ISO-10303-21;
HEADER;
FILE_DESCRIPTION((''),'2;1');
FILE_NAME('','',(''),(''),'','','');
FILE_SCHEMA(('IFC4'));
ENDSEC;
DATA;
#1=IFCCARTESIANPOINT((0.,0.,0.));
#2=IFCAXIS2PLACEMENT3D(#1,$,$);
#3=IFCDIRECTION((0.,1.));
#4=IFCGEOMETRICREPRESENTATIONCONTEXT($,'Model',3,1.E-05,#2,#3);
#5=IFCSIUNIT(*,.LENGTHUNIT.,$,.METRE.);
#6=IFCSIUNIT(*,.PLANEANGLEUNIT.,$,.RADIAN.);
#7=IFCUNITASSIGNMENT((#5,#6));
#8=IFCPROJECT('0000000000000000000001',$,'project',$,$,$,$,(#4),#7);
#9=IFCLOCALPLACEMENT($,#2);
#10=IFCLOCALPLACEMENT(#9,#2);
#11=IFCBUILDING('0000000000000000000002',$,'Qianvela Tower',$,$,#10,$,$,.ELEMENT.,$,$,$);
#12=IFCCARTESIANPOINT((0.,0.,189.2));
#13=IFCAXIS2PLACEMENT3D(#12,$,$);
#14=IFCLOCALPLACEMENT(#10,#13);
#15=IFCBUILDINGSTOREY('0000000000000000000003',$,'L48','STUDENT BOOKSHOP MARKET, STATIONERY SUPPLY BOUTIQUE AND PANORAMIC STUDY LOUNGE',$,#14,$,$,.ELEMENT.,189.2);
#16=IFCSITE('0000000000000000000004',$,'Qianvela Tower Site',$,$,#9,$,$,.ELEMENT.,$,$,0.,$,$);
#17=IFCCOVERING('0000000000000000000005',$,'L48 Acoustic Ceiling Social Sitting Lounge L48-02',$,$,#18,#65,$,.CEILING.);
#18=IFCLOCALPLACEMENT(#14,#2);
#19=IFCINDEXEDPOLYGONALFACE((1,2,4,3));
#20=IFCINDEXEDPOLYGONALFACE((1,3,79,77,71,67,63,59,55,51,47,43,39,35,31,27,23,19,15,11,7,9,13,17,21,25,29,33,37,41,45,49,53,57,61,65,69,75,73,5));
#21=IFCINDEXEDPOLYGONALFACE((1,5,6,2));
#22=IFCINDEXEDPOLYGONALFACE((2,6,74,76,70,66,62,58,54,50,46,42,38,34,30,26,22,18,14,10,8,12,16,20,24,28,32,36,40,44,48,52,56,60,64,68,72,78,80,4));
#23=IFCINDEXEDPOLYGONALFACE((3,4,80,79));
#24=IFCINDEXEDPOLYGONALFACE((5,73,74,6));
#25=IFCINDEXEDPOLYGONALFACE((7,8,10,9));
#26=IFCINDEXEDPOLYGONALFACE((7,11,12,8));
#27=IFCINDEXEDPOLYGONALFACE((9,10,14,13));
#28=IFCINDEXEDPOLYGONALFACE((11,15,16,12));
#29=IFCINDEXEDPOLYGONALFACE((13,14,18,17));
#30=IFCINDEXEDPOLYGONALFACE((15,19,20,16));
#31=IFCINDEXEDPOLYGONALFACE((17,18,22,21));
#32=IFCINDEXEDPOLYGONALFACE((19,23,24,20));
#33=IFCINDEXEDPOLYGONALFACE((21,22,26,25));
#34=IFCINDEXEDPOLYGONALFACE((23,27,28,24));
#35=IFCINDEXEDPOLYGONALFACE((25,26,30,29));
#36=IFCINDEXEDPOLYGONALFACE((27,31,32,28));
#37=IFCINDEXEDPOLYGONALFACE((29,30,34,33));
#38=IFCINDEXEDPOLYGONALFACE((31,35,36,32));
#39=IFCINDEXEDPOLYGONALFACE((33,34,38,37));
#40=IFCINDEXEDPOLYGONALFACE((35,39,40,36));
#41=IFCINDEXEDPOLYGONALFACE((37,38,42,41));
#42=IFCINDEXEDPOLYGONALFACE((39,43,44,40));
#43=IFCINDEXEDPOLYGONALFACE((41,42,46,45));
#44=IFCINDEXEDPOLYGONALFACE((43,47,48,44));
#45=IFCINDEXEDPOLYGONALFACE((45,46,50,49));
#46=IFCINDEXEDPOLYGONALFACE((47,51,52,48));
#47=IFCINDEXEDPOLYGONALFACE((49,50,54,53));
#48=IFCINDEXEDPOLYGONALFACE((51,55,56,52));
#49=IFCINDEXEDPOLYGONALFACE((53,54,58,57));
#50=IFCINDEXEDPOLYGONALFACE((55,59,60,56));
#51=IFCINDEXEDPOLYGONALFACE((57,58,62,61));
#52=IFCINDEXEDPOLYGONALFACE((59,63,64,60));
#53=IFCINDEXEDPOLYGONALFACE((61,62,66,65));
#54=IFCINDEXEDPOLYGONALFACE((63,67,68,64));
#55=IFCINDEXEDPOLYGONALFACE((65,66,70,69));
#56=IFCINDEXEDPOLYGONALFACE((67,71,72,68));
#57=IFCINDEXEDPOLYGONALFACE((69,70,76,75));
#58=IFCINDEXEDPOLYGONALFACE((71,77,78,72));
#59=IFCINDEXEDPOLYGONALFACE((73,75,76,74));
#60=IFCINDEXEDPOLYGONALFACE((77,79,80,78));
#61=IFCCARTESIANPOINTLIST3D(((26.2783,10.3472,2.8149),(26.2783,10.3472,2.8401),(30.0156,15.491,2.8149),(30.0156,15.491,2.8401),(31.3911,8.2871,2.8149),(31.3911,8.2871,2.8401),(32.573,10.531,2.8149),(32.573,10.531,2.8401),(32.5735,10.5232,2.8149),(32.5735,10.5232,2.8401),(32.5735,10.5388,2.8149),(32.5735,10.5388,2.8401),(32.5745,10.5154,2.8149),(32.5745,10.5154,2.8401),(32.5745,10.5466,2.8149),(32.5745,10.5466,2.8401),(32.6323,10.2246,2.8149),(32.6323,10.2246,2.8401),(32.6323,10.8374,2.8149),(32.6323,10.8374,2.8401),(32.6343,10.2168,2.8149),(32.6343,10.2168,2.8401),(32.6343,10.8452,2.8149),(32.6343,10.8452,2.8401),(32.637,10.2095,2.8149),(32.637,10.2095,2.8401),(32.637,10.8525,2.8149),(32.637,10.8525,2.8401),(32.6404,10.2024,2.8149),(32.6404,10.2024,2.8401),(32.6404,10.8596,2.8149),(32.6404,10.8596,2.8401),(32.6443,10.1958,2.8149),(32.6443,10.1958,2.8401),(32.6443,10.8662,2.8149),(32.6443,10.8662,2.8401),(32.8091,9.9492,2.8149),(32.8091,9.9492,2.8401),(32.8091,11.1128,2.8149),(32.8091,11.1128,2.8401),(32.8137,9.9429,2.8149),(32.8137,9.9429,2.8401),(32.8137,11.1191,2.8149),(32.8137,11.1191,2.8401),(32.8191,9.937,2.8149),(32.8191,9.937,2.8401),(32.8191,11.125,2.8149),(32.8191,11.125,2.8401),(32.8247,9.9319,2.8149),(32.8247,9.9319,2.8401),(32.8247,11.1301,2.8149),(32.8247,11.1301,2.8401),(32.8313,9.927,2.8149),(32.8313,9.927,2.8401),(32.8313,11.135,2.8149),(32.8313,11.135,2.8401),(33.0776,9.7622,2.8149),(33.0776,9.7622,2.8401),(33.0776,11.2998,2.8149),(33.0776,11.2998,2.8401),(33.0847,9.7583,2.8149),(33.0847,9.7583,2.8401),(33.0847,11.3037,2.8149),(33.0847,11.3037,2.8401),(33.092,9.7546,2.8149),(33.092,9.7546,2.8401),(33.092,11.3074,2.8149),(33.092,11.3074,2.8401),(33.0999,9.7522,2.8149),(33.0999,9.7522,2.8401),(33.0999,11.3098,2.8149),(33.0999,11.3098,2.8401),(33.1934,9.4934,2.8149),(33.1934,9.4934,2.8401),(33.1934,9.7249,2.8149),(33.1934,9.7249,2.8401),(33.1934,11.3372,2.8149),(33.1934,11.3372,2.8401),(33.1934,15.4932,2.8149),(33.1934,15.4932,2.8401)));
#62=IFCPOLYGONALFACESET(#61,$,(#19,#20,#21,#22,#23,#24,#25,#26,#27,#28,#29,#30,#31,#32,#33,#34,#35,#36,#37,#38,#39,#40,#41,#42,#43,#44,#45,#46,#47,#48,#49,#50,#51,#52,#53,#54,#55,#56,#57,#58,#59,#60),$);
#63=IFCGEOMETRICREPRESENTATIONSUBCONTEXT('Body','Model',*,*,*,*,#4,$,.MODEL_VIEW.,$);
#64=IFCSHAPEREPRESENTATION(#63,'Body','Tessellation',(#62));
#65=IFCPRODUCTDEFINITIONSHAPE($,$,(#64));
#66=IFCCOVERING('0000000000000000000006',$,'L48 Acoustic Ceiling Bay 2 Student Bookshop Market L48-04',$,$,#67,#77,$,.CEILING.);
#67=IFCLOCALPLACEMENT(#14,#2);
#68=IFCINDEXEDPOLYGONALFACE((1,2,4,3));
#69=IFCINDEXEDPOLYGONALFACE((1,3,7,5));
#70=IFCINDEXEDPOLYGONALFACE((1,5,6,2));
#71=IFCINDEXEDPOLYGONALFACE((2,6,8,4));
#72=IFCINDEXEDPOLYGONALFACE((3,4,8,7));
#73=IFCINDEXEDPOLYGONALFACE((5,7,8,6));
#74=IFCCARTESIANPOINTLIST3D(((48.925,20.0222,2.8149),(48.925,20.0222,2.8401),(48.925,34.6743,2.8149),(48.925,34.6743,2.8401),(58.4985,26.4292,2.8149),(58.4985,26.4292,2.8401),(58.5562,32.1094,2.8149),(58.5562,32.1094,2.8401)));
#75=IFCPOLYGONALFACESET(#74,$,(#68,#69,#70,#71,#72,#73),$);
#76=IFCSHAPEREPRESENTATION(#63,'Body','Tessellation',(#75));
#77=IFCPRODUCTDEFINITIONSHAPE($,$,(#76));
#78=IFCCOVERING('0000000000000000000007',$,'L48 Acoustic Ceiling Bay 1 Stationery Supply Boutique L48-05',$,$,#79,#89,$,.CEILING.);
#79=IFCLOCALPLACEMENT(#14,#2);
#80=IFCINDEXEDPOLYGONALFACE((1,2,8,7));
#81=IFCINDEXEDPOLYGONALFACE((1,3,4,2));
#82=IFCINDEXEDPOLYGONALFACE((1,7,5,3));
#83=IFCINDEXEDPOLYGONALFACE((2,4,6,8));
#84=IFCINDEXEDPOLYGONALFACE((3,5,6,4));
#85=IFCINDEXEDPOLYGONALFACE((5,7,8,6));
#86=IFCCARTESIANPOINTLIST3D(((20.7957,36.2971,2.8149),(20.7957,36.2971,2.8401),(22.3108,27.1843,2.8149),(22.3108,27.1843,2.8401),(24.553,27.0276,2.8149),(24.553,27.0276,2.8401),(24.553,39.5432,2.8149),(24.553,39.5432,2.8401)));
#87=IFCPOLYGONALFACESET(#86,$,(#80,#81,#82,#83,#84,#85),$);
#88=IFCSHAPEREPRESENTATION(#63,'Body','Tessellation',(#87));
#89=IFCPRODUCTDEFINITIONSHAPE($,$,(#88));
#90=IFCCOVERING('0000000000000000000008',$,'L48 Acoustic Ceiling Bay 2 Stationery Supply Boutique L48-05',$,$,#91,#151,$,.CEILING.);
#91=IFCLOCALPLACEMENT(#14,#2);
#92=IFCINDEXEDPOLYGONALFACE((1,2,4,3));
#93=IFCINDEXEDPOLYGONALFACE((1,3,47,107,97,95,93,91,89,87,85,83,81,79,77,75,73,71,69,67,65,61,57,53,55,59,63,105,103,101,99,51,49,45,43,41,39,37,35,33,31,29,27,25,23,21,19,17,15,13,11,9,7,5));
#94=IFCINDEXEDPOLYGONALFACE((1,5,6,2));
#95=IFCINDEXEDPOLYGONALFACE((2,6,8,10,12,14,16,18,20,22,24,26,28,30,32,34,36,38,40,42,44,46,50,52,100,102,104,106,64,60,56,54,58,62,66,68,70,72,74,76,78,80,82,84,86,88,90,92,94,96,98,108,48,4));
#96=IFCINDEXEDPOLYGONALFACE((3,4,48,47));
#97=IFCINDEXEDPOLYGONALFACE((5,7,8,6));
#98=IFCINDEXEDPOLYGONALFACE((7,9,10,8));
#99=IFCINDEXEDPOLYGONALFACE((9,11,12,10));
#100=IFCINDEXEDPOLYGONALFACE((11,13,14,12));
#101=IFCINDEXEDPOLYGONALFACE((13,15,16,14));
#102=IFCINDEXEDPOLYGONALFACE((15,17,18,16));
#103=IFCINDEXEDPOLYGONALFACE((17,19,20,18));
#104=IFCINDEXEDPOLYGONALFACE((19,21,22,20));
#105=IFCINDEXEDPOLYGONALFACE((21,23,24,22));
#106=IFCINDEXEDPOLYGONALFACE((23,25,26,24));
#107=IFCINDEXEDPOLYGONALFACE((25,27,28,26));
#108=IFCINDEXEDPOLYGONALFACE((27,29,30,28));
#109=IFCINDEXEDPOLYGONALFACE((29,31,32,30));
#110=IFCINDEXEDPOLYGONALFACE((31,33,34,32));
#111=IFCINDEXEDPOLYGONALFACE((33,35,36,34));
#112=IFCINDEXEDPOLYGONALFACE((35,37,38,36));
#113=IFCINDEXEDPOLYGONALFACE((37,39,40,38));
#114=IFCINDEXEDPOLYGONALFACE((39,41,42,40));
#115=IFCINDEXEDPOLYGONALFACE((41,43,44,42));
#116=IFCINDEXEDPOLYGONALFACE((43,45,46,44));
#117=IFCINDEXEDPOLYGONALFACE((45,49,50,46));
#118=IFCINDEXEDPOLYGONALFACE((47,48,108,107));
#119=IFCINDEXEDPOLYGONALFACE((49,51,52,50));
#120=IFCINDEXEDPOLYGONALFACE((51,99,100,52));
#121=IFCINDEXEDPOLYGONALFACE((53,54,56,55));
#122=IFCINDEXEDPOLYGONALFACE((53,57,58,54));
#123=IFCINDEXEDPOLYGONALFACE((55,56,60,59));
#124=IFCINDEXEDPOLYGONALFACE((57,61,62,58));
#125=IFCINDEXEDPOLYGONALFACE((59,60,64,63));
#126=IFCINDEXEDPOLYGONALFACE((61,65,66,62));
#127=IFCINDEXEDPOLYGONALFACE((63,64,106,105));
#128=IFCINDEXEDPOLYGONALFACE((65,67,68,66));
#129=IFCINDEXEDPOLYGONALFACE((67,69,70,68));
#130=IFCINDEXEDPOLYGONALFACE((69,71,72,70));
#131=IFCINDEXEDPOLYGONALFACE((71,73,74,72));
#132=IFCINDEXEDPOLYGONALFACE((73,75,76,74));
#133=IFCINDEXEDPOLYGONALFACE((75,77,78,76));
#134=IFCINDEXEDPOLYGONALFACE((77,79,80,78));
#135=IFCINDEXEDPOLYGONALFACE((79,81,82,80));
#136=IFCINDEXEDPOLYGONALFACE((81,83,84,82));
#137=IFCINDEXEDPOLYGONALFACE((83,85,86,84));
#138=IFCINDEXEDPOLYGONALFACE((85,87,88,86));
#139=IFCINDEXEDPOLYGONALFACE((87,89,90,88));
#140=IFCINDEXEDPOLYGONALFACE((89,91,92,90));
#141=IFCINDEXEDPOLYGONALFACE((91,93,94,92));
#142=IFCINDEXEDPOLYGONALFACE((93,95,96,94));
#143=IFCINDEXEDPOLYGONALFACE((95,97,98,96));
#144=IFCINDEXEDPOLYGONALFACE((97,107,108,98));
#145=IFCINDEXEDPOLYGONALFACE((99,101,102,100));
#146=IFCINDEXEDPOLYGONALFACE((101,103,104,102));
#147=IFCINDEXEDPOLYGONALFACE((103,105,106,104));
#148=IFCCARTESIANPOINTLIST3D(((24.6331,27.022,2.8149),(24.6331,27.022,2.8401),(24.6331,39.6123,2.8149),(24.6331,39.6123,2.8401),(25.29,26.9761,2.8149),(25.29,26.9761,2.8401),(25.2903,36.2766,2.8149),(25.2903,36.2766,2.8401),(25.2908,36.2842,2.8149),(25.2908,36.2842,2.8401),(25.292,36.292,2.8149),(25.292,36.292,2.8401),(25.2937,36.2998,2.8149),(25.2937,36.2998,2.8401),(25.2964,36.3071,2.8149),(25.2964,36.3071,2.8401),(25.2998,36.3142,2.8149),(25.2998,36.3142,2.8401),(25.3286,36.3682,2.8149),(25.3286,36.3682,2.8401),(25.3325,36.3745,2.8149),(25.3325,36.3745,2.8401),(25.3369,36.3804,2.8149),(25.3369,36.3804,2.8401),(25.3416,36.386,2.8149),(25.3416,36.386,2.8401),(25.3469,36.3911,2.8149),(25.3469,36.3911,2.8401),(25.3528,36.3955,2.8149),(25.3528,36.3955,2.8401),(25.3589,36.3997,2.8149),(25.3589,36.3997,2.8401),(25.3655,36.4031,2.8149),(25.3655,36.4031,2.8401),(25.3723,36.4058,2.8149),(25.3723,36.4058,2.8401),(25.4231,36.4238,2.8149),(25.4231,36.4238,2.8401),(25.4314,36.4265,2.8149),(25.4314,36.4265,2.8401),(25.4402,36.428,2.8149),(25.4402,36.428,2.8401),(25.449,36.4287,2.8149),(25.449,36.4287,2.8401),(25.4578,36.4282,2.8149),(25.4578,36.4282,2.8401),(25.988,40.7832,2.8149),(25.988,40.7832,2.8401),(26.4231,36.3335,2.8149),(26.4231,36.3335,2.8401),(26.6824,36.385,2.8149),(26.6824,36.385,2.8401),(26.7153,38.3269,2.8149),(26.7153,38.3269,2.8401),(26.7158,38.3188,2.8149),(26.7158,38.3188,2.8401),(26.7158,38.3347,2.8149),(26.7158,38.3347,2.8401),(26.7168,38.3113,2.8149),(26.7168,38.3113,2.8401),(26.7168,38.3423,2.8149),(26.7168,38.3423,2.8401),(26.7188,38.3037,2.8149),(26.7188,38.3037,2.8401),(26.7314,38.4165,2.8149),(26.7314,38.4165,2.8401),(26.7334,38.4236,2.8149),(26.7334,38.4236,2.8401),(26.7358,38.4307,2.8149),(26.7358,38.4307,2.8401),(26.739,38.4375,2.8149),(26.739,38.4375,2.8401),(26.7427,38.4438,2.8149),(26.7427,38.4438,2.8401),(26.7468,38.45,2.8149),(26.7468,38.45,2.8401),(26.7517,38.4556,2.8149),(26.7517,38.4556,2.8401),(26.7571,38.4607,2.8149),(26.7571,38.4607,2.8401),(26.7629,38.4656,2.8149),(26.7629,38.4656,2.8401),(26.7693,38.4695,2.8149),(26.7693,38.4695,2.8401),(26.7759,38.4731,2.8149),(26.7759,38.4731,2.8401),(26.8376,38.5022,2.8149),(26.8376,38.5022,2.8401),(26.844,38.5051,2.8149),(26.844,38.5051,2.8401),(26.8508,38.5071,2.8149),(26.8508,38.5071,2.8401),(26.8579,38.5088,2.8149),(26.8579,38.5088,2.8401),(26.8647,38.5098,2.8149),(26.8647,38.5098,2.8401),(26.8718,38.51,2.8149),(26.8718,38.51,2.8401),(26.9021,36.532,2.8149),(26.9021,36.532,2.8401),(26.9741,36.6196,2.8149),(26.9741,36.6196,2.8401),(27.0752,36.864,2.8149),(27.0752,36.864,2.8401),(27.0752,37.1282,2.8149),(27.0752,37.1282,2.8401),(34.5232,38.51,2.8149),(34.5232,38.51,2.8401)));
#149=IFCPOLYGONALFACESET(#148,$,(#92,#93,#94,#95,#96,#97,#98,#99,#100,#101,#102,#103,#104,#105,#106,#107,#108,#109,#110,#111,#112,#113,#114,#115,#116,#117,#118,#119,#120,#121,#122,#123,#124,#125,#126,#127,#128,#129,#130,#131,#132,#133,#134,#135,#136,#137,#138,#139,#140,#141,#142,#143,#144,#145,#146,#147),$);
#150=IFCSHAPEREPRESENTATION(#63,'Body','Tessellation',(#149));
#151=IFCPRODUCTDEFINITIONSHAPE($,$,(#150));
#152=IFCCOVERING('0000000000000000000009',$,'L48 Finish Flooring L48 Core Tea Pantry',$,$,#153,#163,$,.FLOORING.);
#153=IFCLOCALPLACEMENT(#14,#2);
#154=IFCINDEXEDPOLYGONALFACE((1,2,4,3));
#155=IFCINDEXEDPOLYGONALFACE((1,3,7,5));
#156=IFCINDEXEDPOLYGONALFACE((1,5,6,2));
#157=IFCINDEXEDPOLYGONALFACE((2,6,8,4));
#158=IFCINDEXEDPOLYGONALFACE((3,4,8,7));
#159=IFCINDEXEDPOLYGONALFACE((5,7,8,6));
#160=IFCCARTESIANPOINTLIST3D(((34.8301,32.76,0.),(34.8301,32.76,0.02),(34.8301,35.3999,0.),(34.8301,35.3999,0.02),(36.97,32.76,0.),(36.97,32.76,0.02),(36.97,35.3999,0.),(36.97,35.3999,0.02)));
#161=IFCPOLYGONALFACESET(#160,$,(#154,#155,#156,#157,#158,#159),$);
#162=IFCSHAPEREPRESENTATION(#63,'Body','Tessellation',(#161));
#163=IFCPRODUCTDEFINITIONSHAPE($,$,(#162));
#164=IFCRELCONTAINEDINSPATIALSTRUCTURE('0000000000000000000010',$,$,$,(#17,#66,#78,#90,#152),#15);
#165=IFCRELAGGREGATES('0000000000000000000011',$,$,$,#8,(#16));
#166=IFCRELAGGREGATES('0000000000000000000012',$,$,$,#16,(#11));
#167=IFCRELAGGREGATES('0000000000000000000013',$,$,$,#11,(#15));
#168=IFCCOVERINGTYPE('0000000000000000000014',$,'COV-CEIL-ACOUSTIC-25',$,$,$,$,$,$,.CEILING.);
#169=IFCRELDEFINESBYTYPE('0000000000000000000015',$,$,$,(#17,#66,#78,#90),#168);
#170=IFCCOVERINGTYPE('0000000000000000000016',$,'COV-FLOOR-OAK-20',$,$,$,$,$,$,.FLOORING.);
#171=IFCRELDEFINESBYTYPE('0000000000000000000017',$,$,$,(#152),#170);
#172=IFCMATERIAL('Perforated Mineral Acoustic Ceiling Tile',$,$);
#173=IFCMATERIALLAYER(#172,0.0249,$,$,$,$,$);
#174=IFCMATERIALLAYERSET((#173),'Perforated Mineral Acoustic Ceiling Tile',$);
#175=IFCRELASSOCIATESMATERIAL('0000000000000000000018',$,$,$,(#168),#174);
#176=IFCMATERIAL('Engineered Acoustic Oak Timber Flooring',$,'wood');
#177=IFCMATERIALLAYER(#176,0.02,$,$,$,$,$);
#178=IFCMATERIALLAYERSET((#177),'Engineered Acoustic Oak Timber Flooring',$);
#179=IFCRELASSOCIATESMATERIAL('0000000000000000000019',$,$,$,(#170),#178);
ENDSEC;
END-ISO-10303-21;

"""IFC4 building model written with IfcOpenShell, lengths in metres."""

from ifc_helpers import new_model, si_unit, direction, frame, origin, place, context, subcontext, project, spatial, polyline, outline, extrude, material, layer, layer_set, type_object, element, save


model = new_model("IFC4")

# Units and contexts
model_context = context("Model", 3, precision=1e-05, world=origin(), true_north=direction((0.0, 1.0)))
body_context = subcontext(model_context, "Body", "Model", "MODEL_VIEW")
ifc_project = project(units=[si_unit("LENGTHUNIT", "METRE"), si_unit("PLANEANGLEUNIT", "RADIAN")], contexts=[model_context])

# Site, building, storey
site_placement = place(None, origin())
site = spatial("IfcSite", under=ifc_project, at=site_placement, Name="Qianvela Tower Site", CompositionType="ELEMENT", RefElevation=0.0)
building_placement = place(site_placement, origin())
building = spatial("IfcBuilding", under=site, at=building_placement, Name="Qianvela Tower", CompositionType="ELEMENT")
storey_placement = place(building_placement, frame((0.0, 0.0, 189.2)))
storey = spatial("IfcBuildingStorey", under=building, at=storey_placement, Name="L48", Description="STUDENT BOOKSHOP MARKET, STATIONERY SUPPLY BOUTIQUE AND PANORAMIC STUDY LOUNGE", CompositionType="ELEMENT", Elevation=189.2)

# Coverings
ifc_material_1 = material(Name="Perforated Mineral Acoustic Ceiling Tile")
ifc_layer_1 = layer(ifc_material_1, 0.0249)
ifc_layer_set_1 = layer_set([ifc_layer_1], Name="Perforated Mineral Acoustic Ceiling Tile")
covering_type_1 = type_object("IfcCoveringType", Name="COV-CEIL-ACOUSTIC-25", PredefinedType="CEILING", material=ifc_layer_set_1)
covering_1_placement = place(storey_placement, frame((0.0, 0.0, 2.8149)))
element("IfcCovering", 1, at=covering_1_placement, inside=storey, type_object=covering_type_1, Name="L48 Acoustic Ceiling Social Sitting Lounge L48-02", PredefinedType="CEILING", context=body_context, shape_type="SweptSolid", body=[
    extrude(outline(polyline([(33.1934, 11.3372), (33.0999, 11.3098), (33.092, 11.3074), (33.0847, 11.3037), (33.0776, 11.2998), (32.8313, 11.135), (32.8247, 11.1301), (32.8191, 11.125), (32.8137, 11.1191), (32.8091, 11.1128), (32.6443, 10.8662), (32.6404, 10.8596), (32.637, 10.8525), (32.6343, 10.8452), (32.6323, 10.8374), (32.5745, 10.5466), (32.5735, 10.5388), (32.573, 10.531), (32.5735, 10.5232), (32.5745, 10.5154), (32.6323, 10.2246), (32.6343, 10.2168), (32.637, 10.2095), (32.6404, 10.2024), (32.6443, 10.1958), (32.8091, 9.9492), (32.8137, 9.9429), (32.8191, 9.937), (32.8247, 9.9319), (32.8313, 9.927), (33.0776, 9.7622), (33.0847, 9.7583), (33.092, 9.7546), (33.0999, 9.7522), (33.1934, 9.7249), (33.1934, 9.4934), (31.3911, 8.2871), (26.2783, 10.3472), (30.0156, 15.491), (33.1934, 15.4932), (33.1934, 11.3372)])), origin(), (0.0, 0.0, 1.0), 0.0251),
])
covering_2_placement = place(storey_placement, frame((0.0, 0.0, 2.8149)))
element("IfcCovering", 2, at=covering_2_placement, inside=storey, type_object=covering_type_1, Name="L48 Acoustic Ceiling Bay 2 Student Bookshop Market L48-04", PredefinedType="CEILING", context=body_context, shape_type="SweptSolid", body=[
    extrude(outline(polyline([(58.5562, 32.1094), (58.4985, 26.4292), (48.925, 20.0222), (48.925, 34.6743), (58.5562, 32.1094)])), origin(), (0.0, 0.0, 1.0), 0.0251),
])
covering_3_placement = place(storey_placement, frame((0.0, 0.0, 2.8149)))
element("IfcCovering", 3, at=covering_3_placement, inside=storey, type_object=covering_type_1, Name="L48 Acoustic Ceiling Bay 1 Stationery Supply Boutique L48-05", PredefinedType="CEILING", context=body_context, shape_type="SweptSolid", body=[
    extrude(outline(polyline([(22.3108, 27.1843), (20.7957, 36.2971), (24.553, 39.5432), (24.553, 27.0276), (22.3108, 27.1843)])), origin(), (0.0, 0.0, 1.0), 0.0251),
])
covering_4_placement = place(storey_placement, frame((0.0, 0.0, 2.8149)))
element("IfcCovering", 4, at=covering_4_placement, inside=storey, type_object=covering_type_1, Name="L48 Acoustic Ceiling Bay 2 Stationery Supply Boutique L48-05", PredefinedType="CEILING", context=body_context, shape_type="SweptSolid", body=[
    extrude(outline(polyline([(34.5232, 38.51), (26.8718, 38.51), (26.8647, 38.5098), (26.8579, 38.5088), (26.8508, 38.5071), (26.844, 38.5051), (26.8376, 38.5022), (26.7759, 38.4731), (26.7693, 38.4695), (26.7629, 38.4656), (26.7571, 38.4607), (26.7517, 38.4556), (26.7468, 38.45), (26.7427, 38.4438), (26.739, 38.4375), (26.7358, 38.4307), (26.7334, 38.4236), (26.7314, 38.4165), (26.7168, 38.3423), (26.7158, 38.3347), (26.7153, 38.3269), (26.7158, 38.3188), (26.7168, 38.3113), (26.7188, 38.3037), (27.0752, 37.1282), (27.0752, 36.864), (26.9741, 36.6196), (26.9021, 36.532), (26.6824, 36.385), (26.4231, 36.3335), (25.4578, 36.4282), (25.449, 36.4287), (25.4402, 36.428), (25.4314, 36.4265), (25.4231, 36.4238), (25.3723, 36.4058), (25.3655, 36.4031), (25.3589, 36.3997), (25.3528, 36.3955), (25.3469, 36.3911), (25.3416, 36.386), (25.3369, 36.3804), (25.3325, 36.3745), (25.3286, 36.3682), (25.2998, 36.3142), (25.2964, 36.3071), (25.2937, 36.2998), (25.292, 36.292), (25.2908, 36.2842), (25.2903, 36.2766), (25.29, 26.9761), (24.6331, 27.022), (24.6331, 39.6123), (25.988, 40.7832), (34.5232, 38.51)])), origin(), (0.0, 0.0, 1.0), 0.0251),
])
ifc_material_2 = material(Name="Engineered Acoustic Oak Timber Flooring", Category="wood")
ifc_layer_2 = layer(ifc_material_2, 0.02)
ifc_layer_set_2 = layer_set([ifc_layer_2], Name="Engineered Acoustic Oak Timber Flooring")
covering_type_2 = type_object("IfcCoveringType", Name="COV-FLOOR-OAK-20", PredefinedType="FLOORING", material=ifc_layer_set_2)
covering_5_placement = place(storey_placement, origin())
element("IfcCovering", 5, at=covering_5_placement, inside=storey, type_object=covering_type_2, Name="L48 Finish Flooring L48 Core Tea Pantry", PredefinedType="FLOORING", context=body_context, shape_type="SweptSolid", body=[
    extrude(outline(polyline([(36.97, 32.76), (34.8301, 32.76), (34.8301, 35.3999), (36.97, 35.3999), (36.97, 32.76)])), origin(), (0.0, 0.0, 1.0), 0.02),
])

save(model, "model.ifc")
